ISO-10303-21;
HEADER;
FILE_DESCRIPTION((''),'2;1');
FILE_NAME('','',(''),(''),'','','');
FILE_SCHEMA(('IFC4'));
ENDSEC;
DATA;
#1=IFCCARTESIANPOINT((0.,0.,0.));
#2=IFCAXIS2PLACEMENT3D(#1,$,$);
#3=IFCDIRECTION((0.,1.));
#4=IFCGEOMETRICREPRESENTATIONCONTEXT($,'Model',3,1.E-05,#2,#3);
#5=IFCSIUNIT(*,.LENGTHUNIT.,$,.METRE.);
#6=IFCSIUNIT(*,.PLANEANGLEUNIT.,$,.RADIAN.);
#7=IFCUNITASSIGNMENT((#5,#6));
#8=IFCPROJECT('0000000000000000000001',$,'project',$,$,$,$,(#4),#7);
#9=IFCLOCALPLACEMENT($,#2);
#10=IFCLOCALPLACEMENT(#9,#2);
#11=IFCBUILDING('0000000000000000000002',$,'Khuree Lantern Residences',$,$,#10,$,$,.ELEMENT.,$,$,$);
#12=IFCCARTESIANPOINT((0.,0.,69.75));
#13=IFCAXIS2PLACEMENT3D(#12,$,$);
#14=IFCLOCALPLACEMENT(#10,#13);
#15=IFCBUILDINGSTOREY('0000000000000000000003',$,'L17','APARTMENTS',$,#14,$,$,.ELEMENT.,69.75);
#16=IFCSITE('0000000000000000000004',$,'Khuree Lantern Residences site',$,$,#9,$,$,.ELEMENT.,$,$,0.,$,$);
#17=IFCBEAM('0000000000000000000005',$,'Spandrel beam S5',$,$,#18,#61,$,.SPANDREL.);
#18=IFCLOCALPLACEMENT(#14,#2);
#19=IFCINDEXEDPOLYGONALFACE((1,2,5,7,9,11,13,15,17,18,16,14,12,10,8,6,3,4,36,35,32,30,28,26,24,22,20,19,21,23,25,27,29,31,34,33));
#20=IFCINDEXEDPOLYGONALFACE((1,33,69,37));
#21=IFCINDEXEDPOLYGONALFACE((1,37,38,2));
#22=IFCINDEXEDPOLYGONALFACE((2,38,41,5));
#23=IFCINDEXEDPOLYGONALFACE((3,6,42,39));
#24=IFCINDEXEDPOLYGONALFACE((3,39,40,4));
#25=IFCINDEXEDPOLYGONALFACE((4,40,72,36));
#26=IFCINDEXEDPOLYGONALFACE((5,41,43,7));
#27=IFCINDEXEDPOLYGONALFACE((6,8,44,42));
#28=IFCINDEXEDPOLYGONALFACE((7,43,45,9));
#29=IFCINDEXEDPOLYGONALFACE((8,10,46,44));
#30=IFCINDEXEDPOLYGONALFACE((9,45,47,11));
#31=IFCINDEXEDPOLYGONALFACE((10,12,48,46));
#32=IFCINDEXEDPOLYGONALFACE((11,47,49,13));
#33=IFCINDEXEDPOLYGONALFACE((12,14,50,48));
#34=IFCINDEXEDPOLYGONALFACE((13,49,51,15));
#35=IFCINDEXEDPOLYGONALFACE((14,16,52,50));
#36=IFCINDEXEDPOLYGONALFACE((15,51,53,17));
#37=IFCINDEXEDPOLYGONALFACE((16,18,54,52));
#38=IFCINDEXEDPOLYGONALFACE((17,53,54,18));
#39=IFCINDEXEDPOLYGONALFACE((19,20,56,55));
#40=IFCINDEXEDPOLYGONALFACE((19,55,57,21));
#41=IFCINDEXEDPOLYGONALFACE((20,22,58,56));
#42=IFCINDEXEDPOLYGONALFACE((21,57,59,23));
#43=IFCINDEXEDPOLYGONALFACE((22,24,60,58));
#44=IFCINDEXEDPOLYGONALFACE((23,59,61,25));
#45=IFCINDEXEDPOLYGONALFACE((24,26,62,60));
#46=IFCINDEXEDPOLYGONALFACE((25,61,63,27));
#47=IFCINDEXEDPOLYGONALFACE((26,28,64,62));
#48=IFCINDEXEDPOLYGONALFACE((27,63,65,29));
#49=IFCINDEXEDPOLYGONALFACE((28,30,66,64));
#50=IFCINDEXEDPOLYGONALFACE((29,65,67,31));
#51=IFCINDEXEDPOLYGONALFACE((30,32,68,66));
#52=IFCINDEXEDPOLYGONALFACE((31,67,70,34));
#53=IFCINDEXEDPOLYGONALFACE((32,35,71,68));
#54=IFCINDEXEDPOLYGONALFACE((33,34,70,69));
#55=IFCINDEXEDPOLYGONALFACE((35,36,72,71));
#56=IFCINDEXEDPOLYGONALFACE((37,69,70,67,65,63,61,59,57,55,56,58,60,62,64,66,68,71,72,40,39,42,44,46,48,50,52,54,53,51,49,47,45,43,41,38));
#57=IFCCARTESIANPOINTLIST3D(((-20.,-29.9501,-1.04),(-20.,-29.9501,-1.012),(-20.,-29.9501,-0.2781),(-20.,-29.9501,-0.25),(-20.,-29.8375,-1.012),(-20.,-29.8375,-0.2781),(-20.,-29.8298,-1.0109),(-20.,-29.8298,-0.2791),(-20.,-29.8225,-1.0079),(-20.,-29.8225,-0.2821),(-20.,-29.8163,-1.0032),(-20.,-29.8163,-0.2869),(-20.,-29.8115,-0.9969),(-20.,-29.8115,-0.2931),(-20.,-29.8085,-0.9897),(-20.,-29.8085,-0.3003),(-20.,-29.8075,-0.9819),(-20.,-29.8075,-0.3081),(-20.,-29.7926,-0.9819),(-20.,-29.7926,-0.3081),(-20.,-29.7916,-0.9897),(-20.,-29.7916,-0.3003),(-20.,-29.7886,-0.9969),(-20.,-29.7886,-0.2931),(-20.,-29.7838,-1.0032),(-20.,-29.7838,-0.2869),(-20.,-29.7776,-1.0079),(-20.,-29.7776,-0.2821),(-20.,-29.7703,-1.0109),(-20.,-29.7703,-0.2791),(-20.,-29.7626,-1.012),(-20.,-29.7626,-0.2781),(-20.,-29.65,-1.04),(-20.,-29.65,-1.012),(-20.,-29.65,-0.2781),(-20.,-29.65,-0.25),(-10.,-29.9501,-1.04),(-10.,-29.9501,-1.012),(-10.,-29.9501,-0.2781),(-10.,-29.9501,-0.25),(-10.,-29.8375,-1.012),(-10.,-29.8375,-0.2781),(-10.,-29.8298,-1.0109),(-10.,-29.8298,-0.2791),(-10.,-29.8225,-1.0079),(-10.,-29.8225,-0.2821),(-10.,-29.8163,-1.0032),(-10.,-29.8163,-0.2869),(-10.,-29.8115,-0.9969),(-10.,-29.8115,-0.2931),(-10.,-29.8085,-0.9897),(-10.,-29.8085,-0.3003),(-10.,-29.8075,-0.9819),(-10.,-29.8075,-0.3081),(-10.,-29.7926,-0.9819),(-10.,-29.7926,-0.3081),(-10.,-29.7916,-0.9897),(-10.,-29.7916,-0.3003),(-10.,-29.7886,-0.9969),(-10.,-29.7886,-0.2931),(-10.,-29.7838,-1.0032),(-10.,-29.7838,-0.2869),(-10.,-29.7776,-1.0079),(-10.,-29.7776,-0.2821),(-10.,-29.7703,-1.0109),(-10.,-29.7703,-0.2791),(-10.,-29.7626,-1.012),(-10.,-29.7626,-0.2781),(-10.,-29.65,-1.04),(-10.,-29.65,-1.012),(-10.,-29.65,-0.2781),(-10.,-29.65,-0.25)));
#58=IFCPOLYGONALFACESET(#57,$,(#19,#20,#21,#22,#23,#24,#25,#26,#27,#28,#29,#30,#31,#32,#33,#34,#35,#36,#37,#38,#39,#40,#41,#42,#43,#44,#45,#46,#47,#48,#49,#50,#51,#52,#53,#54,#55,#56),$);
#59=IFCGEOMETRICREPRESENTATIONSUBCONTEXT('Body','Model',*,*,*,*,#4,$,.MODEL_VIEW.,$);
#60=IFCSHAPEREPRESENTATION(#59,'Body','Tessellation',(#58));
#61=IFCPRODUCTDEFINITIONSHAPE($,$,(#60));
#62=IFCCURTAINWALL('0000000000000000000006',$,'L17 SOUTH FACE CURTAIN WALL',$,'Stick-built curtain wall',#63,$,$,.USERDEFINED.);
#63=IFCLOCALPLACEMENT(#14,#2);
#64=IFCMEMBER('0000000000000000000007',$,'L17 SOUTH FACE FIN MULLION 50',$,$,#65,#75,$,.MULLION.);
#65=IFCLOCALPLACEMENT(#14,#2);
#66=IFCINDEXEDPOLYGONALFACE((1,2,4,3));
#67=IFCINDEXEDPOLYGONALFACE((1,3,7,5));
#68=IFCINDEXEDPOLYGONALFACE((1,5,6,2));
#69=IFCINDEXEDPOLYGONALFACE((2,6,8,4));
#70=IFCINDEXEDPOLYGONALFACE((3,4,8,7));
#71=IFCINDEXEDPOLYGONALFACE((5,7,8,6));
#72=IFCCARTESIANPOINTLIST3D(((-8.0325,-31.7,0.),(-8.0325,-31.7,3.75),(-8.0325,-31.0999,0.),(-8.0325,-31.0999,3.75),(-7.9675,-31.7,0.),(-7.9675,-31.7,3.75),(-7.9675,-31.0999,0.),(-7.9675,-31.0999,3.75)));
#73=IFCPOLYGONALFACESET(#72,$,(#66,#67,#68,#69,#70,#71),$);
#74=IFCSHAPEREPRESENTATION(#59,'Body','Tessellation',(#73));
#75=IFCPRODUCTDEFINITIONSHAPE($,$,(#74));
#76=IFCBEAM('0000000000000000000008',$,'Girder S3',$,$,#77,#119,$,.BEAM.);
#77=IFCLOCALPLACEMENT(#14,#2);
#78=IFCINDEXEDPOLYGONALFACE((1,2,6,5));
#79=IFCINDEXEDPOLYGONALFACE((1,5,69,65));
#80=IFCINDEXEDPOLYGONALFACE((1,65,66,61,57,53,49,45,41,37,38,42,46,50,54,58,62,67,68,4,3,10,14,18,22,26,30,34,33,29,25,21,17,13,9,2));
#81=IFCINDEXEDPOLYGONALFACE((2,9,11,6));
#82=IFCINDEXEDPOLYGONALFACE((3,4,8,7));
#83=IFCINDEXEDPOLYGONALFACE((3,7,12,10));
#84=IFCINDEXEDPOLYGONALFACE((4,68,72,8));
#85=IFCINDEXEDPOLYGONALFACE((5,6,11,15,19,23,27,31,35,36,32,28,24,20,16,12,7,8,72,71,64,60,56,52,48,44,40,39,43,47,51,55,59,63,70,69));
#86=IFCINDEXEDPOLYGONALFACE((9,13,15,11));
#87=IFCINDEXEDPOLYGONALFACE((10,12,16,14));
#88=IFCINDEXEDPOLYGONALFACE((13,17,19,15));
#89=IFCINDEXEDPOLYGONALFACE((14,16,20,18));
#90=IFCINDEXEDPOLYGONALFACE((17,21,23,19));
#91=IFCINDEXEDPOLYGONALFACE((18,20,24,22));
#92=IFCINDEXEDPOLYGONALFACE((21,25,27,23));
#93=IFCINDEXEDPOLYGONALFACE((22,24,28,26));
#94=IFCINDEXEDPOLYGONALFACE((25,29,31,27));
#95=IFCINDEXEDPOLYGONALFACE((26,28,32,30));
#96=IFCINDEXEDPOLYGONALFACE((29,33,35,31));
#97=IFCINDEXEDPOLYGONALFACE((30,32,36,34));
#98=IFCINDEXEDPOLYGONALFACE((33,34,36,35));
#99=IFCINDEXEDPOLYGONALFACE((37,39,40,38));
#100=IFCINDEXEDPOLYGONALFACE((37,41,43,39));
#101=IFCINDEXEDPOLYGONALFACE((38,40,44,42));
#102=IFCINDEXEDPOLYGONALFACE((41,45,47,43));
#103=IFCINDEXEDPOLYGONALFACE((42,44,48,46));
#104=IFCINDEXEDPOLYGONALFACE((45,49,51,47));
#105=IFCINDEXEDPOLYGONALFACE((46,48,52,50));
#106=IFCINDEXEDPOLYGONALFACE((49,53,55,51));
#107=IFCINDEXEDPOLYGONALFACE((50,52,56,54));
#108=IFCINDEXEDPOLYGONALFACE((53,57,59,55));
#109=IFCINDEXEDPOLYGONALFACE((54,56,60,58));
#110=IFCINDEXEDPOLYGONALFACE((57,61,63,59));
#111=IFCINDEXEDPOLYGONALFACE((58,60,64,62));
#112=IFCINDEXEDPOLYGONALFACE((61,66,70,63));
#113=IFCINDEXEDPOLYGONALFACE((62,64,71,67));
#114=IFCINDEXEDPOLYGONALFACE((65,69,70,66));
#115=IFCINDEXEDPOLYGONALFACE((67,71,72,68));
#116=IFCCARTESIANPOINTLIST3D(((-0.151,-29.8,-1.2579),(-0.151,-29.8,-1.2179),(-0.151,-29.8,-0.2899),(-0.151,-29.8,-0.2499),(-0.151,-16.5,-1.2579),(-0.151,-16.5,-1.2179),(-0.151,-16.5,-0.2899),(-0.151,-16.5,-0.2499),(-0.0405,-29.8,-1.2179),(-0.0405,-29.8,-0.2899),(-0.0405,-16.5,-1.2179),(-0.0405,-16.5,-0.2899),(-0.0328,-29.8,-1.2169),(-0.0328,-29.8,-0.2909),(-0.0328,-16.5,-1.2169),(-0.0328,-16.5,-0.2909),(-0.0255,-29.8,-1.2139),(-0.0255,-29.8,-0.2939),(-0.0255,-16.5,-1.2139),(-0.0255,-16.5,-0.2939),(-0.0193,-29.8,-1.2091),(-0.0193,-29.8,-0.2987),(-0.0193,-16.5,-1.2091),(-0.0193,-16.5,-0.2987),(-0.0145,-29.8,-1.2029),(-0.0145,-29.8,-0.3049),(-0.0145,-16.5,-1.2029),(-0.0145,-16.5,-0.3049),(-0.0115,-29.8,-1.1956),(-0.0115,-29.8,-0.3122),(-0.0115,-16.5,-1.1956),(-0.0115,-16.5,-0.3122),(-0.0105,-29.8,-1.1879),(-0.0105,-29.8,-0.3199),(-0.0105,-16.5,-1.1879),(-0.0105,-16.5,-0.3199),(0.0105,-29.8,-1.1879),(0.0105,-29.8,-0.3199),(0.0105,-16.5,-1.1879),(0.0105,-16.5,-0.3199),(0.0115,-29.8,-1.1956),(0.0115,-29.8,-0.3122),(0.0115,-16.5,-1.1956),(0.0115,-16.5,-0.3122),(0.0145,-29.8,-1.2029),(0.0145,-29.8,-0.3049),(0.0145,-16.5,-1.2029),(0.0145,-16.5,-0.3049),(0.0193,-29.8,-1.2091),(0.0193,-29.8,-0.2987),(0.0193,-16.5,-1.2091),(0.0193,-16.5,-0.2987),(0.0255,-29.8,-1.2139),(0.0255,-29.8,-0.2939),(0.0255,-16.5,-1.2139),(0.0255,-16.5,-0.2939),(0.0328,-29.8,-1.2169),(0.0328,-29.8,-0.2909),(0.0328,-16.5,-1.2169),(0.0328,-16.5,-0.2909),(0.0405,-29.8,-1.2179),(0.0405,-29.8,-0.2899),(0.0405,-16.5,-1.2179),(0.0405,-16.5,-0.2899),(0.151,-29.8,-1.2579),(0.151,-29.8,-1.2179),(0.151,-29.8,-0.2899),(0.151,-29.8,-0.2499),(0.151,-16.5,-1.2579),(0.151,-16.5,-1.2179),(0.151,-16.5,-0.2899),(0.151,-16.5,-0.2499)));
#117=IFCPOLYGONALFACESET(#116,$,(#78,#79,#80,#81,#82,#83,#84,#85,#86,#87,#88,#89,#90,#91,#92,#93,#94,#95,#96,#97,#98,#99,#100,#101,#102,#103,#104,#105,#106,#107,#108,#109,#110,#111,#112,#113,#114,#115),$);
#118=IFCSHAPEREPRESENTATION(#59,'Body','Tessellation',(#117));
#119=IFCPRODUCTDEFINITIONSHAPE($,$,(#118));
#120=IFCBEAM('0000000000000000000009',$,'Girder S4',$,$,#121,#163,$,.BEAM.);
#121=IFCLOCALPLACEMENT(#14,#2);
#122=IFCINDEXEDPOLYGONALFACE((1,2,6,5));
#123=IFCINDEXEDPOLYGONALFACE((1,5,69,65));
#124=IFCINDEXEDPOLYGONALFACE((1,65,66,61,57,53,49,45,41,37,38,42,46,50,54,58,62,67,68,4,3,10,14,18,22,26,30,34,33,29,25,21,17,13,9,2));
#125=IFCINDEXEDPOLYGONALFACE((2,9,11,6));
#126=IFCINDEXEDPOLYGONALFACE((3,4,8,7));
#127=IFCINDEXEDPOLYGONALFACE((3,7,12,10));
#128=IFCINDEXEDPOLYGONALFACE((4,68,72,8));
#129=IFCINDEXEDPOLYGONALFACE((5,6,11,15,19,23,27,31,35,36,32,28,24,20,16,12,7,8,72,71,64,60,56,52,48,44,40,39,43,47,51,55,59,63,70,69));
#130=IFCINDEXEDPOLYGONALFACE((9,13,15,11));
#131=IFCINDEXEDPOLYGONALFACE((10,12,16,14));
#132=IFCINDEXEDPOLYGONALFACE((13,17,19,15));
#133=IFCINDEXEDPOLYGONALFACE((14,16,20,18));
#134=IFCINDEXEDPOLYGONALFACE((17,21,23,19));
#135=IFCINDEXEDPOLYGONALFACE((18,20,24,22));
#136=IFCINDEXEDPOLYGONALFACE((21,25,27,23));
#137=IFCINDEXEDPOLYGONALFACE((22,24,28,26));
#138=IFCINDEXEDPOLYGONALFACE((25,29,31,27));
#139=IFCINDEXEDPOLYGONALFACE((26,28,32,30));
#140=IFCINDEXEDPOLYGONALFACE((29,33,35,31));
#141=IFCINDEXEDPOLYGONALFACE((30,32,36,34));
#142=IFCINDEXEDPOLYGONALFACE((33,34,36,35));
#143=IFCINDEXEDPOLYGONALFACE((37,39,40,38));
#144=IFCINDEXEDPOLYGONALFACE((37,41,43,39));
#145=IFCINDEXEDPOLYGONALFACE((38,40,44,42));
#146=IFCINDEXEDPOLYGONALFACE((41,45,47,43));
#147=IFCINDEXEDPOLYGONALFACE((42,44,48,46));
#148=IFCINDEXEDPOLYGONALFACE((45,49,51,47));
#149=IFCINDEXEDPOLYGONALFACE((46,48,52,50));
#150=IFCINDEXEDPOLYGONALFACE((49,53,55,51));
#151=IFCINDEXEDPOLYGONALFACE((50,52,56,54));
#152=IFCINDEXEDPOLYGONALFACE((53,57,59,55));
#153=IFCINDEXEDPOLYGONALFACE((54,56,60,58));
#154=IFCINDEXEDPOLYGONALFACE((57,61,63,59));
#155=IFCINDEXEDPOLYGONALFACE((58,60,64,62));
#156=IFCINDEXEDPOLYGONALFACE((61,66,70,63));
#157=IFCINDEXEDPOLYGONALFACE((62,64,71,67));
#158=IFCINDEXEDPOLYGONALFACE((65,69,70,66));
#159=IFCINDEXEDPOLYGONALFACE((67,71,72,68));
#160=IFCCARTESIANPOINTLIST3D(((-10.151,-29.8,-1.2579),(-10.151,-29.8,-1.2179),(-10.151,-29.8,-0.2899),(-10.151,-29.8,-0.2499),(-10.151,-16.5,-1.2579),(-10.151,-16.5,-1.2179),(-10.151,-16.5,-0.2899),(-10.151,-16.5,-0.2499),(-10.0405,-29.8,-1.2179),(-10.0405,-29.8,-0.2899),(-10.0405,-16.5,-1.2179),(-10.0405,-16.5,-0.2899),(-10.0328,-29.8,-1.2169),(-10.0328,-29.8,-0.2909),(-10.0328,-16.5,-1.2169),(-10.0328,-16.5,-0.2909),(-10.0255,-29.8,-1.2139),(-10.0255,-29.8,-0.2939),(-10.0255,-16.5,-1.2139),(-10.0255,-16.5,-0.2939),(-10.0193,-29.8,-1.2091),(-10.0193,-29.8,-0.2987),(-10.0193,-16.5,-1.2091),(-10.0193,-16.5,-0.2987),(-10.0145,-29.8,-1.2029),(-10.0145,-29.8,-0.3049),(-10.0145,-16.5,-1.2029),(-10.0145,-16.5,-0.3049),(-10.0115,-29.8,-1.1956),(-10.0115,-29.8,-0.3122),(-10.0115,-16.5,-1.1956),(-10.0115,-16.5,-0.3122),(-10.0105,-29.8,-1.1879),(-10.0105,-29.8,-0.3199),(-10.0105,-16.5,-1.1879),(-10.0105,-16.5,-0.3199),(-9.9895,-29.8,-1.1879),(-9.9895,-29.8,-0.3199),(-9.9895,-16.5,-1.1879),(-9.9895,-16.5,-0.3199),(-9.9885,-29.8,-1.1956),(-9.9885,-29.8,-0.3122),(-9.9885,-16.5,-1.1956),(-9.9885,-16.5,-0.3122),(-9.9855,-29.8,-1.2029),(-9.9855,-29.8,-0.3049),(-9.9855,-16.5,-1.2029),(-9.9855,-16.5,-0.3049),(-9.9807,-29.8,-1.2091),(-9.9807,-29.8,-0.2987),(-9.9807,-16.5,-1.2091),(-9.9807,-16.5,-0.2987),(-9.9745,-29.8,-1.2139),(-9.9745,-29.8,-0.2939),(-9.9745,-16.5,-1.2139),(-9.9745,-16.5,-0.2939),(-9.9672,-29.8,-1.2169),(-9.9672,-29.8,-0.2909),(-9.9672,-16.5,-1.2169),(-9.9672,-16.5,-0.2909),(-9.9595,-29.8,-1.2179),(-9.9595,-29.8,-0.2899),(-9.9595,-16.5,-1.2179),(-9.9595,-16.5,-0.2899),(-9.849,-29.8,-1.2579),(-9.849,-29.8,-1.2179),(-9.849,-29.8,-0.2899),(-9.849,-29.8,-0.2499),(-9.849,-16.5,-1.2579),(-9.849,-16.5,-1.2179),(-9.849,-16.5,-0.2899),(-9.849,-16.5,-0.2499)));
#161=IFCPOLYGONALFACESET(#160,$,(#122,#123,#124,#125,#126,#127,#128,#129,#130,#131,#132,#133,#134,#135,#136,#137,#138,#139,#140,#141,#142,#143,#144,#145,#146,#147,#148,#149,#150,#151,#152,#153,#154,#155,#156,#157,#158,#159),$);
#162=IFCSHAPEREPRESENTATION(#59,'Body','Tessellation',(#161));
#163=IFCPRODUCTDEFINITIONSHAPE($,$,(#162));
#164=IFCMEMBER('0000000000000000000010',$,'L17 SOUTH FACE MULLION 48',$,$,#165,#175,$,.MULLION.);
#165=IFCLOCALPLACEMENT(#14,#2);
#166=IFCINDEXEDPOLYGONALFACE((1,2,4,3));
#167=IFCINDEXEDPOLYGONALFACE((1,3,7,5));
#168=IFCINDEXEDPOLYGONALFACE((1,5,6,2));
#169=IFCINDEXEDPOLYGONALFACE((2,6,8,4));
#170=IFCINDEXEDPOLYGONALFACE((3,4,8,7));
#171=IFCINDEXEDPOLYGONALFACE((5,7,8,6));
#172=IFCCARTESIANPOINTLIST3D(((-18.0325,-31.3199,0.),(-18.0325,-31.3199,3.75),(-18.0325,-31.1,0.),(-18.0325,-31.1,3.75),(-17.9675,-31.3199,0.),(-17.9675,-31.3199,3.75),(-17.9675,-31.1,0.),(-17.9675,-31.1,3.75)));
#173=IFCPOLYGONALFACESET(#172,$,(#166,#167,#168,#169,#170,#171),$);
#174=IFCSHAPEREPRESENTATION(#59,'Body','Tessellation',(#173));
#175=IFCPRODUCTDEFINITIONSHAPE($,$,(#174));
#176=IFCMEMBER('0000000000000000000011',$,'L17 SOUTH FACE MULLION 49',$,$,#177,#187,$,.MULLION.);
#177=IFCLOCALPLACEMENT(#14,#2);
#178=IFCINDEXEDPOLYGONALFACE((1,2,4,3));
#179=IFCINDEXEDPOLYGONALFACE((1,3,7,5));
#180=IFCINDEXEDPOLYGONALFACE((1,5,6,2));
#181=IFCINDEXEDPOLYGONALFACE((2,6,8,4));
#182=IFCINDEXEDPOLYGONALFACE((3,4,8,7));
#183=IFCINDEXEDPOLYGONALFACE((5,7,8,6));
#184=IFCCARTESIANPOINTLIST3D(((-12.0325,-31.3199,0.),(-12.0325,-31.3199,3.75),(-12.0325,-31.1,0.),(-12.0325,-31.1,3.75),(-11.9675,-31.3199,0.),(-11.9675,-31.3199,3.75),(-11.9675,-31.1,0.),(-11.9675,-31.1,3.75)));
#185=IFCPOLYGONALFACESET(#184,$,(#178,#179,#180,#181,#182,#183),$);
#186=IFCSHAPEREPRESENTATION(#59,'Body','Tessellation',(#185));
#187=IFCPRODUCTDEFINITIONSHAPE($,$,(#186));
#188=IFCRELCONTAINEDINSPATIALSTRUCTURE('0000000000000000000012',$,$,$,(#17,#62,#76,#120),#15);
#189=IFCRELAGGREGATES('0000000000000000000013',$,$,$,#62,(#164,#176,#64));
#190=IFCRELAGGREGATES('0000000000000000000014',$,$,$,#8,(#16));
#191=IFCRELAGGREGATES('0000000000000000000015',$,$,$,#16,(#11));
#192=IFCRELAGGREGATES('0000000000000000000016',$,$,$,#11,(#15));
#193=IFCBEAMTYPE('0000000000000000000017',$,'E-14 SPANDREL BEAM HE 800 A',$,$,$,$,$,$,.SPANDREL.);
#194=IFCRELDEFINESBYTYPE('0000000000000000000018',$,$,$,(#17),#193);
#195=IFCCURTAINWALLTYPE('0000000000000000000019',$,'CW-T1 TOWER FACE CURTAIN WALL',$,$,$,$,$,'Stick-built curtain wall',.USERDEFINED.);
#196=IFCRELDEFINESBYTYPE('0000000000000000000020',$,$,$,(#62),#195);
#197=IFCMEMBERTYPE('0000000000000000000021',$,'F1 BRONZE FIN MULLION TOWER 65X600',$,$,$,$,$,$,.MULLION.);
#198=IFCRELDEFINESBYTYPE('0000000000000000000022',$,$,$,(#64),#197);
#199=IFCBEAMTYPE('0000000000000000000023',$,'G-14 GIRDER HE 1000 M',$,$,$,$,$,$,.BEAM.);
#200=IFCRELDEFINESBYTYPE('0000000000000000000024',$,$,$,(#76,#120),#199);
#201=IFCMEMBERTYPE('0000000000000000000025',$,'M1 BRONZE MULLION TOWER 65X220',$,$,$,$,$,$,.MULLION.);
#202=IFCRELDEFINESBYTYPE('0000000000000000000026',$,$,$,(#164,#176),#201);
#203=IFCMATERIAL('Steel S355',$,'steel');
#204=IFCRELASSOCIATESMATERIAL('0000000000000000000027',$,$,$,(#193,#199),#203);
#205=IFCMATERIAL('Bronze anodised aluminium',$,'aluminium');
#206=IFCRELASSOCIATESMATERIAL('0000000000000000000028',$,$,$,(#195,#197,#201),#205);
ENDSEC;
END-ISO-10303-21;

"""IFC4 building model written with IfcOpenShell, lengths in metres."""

from ifc_helpers import new_model, si_unit, direction, frame, origin, origin_2d, place, context, subcontext, project, spatial, rectangle, i_section, extrude, material, material_profile, profile_set, type_object, element, aggregate, save


model = new_model("IFC4")

# Units and contexts
model_context = context("Model", 3, precision=1e-05, world=origin(), true_north=direction((0.0, 1.0)))
body_context = subcontext(model_context, "Body", "Model", "MODEL_VIEW")
ifc_project = project(units=[si_unit("LENGTHUNIT", "METRE"), si_unit("PLANEANGLEUNIT", "RADIAN")], contexts=[model_context])

# Site, building, storey
site_placement = place(None, origin())
site = spatial("IfcSite", under=ifc_project, at=site_placement, Name="Khuree Lantern Residences site", CompositionType="ELEMENT", RefElevation=0.0)
building_placement = place(site_placement, origin())
building = spatial("IfcBuilding", under=site, at=building_placement, Name="Khuree Lantern Residences", CompositionType="ELEMENT")
storey_placement = place(building_placement, frame((0.0, 0.0, 69.75)))
storey = spatial("IfcBuildingStorey", under=building, at=storey_placement, Name="L17", Description="APARTMENTS", CompositionType="ELEMENT", Elevation=69.75)

# Beam
ifc_material_1 = material(Name="Steel S355", Category="steel")
ifc_material_profile_1 = material_profile(ifc_material_1, i_section(OverallWidth=0.3, OverallDepth=0.79, WebThickness=0.0149, FlangeThickness=0.0281, FilletRadius=0.03, at=origin_2d()), Name="HE 800 A")
ifc_profile_set_1 = profile_set([ifc_material_profile_1], Name="Steel S355")
beam_type_1 = type_object("IfcBeamType", Name="E-14 SPANDREL BEAM HE 800 A", PredefinedType="SPANDREL", material=ifc_profile_set_1)
for number, where, z_axis, x_axis, name in (
    (1, (-10.0, -29.8, -0.645), (-1.0, 0.0, 0.0), (0.0, -1.0, 0.0), "Spandrel beam S5"),
):
    element("IfcBeam", number, at=place(storey_placement, frame(where, z_axis=z_axis, x_axis=x_axis)), inside=storey, type_object=beam_type_1, Name=name, PredefinedType="SPANDREL", context=body_context, shape_type="SweptSolid", body=[
        extrude(i_section(OverallWidth=0.3, OverallDepth=0.79, WebThickness=0.0149, FlangeThickness=0.0281, FilletRadius=0.03, at=origin_2d()), origin(), (0.0, 0.0, 1.0), 10.0),
    ])

# Curtain wall, member
ifc_material_2 = material(Name="Bronze anodised aluminium", Category="aluminium")
curtain_wall_type = type_object("IfcCurtainWallType", Name="CW-T1 TOWER FACE CURTAIN WALL", ElementType="Stick-built curtain wall", PredefinedType="USERDEFINED", material=ifc_material_2)
curtain_wall_placement = place(storey_placement, origin())
curtain_wall = element("IfcCurtainWall", 2, at=curtain_wall_placement, inside=storey, type_object=curtain_wall_type, Name="L17 SOUTH FACE CURTAIN WALL", ObjectType="Stick-built curtain wall", PredefinedType="USERDEFINED")
ifc_material_profile_2 = material_profile(ifc_material_2, rectangle(XDim=0.0649, YDim=0.6001, at=origin_2d()), Name="F1 65X600")
ifc_profile_set_2 = profile_set([ifc_material_profile_2], Name="Bronze anodised aluminium")
member_type_1 = type_object("IfcMemberType", Name="F1 BRONZE FIN MULLION TOWER 65X600", PredefinedType="MULLION", material=ifc_profile_set_2)
member_1_placement = place(storey_placement, frame((-8.0, -31.3999, 0.0), z_axis=(0.0, 0.0, 1.0), x_axis=(1.0, 0.0, 0.0)))
member_1 = element("IfcMember", 3, at=member_1_placement, type_object=member_type_1, Name="L17 SOUTH FACE FIN MULLION 50", PredefinedType="MULLION", context=body_context, shape_type="SweptSolid", body=[
    extrude(rectangle(XDim=0.0649, YDim=0.6001, at=origin_2d()), origin(), (0.0, 0.0, 1.0), 3.75),
])

# Beams
ifc_material_profile_3 = material_profile(ifc_material_1, i_section(OverallWidth=0.302, OverallDepth=1.0081, WebThickness=0.021, FlangeThickness=0.04, FilletRadius=0.03, at=origin_2d()), Name="HE 1000 M")
ifc_profile_set_3 = profile_set([ifc_material_profile_3], Name="Steel S355")
beam_type_2 = type_object("IfcBeamType", Name="G-14 GIRDER HE 1000 M", PredefinedType="BEAM", material=ifc_profile_set_3)
for number, where, z_axis, x_axis, name in (
    (4, (0.0, -29.8, -0.7539), (0.0, 1.0, 0.0), (-1.0, 0.0, 0.0), "Girder S3"),
    (5, (-10.0, -29.8, -0.7539), (0.0, 1.0, 0.0), (-1.0, 0.0, 0.0), "Girder S4"),
):
    element("IfcBeam", number, at=place(storey_placement, frame(where, z_axis=z_axis, x_axis=x_axis)), inside=storey, type_object=beam_type_2, Name=name, PredefinedType="BEAM", context=body_context, shape_type="SweptSolid", body=[
        extrude(i_section(OverallWidth=0.302, OverallDepth=1.0081, WebThickness=0.021, FlangeThickness=0.04, FilletRadius=0.03, at=origin_2d()), origin(), (0.0, 0.0, 1.0), 13.3),
    ])

# Members
ifc_material_profile_4 = material_profile(ifc_material_2, rectangle(XDim=0.0649, YDim=0.22, at=origin_2d()), Name="M1 65X220")
ifc_profile_set_4 = profile_set([ifc_material_profile_4], Name="Bronze anodised aluminium")
member_type_2 = type_object("IfcMemberType", Name="M1 BRONZE MULLION TOWER 65X220", PredefinedType="MULLION", material=ifc_profile_set_4)
member_2_placement = place(storey_placement, frame((-18.0, -31.21, 0.0), z_axis=(0.0, 0.0, 1.0), x_axis=(1.0, 0.0, 0.0)))
member_2 = element("IfcMember", 6, at=member_2_placement, type_object=member_type_2, Name="L17 SOUTH FACE MULLION 48", PredefinedType="MULLION", context=body_context, shape_type="SweptSolid", body=[
    extrude(rectangle(XDim=0.0649, YDim=0.22, at=origin_2d()), origin(), (0.0, 0.0, 1.0), 3.75),
])
member_3_placement = place(storey_placement, frame((-12.0, -31.21, 0.0), z_axis=(0.0, 0.0, 1.0), x_axis=(1.0, 0.0, 0.0)))
member_3 = element("IfcMember", 7, at=member_3_placement, type_object=member_type_2, Name="L17 SOUTH FACE MULLION 49", PredefinedType="MULLION", context=body_context, shape_type="SweptSolid", body=[
    extrude(rectangle(XDim=0.0649, YDim=0.22, at=origin_2d()), origin(), (0.0, 0.0, 1.0), 3.75),
])

aggregate(curtain_wall, [member_2, member_3, member_1])

save(model, "model.ifc")
